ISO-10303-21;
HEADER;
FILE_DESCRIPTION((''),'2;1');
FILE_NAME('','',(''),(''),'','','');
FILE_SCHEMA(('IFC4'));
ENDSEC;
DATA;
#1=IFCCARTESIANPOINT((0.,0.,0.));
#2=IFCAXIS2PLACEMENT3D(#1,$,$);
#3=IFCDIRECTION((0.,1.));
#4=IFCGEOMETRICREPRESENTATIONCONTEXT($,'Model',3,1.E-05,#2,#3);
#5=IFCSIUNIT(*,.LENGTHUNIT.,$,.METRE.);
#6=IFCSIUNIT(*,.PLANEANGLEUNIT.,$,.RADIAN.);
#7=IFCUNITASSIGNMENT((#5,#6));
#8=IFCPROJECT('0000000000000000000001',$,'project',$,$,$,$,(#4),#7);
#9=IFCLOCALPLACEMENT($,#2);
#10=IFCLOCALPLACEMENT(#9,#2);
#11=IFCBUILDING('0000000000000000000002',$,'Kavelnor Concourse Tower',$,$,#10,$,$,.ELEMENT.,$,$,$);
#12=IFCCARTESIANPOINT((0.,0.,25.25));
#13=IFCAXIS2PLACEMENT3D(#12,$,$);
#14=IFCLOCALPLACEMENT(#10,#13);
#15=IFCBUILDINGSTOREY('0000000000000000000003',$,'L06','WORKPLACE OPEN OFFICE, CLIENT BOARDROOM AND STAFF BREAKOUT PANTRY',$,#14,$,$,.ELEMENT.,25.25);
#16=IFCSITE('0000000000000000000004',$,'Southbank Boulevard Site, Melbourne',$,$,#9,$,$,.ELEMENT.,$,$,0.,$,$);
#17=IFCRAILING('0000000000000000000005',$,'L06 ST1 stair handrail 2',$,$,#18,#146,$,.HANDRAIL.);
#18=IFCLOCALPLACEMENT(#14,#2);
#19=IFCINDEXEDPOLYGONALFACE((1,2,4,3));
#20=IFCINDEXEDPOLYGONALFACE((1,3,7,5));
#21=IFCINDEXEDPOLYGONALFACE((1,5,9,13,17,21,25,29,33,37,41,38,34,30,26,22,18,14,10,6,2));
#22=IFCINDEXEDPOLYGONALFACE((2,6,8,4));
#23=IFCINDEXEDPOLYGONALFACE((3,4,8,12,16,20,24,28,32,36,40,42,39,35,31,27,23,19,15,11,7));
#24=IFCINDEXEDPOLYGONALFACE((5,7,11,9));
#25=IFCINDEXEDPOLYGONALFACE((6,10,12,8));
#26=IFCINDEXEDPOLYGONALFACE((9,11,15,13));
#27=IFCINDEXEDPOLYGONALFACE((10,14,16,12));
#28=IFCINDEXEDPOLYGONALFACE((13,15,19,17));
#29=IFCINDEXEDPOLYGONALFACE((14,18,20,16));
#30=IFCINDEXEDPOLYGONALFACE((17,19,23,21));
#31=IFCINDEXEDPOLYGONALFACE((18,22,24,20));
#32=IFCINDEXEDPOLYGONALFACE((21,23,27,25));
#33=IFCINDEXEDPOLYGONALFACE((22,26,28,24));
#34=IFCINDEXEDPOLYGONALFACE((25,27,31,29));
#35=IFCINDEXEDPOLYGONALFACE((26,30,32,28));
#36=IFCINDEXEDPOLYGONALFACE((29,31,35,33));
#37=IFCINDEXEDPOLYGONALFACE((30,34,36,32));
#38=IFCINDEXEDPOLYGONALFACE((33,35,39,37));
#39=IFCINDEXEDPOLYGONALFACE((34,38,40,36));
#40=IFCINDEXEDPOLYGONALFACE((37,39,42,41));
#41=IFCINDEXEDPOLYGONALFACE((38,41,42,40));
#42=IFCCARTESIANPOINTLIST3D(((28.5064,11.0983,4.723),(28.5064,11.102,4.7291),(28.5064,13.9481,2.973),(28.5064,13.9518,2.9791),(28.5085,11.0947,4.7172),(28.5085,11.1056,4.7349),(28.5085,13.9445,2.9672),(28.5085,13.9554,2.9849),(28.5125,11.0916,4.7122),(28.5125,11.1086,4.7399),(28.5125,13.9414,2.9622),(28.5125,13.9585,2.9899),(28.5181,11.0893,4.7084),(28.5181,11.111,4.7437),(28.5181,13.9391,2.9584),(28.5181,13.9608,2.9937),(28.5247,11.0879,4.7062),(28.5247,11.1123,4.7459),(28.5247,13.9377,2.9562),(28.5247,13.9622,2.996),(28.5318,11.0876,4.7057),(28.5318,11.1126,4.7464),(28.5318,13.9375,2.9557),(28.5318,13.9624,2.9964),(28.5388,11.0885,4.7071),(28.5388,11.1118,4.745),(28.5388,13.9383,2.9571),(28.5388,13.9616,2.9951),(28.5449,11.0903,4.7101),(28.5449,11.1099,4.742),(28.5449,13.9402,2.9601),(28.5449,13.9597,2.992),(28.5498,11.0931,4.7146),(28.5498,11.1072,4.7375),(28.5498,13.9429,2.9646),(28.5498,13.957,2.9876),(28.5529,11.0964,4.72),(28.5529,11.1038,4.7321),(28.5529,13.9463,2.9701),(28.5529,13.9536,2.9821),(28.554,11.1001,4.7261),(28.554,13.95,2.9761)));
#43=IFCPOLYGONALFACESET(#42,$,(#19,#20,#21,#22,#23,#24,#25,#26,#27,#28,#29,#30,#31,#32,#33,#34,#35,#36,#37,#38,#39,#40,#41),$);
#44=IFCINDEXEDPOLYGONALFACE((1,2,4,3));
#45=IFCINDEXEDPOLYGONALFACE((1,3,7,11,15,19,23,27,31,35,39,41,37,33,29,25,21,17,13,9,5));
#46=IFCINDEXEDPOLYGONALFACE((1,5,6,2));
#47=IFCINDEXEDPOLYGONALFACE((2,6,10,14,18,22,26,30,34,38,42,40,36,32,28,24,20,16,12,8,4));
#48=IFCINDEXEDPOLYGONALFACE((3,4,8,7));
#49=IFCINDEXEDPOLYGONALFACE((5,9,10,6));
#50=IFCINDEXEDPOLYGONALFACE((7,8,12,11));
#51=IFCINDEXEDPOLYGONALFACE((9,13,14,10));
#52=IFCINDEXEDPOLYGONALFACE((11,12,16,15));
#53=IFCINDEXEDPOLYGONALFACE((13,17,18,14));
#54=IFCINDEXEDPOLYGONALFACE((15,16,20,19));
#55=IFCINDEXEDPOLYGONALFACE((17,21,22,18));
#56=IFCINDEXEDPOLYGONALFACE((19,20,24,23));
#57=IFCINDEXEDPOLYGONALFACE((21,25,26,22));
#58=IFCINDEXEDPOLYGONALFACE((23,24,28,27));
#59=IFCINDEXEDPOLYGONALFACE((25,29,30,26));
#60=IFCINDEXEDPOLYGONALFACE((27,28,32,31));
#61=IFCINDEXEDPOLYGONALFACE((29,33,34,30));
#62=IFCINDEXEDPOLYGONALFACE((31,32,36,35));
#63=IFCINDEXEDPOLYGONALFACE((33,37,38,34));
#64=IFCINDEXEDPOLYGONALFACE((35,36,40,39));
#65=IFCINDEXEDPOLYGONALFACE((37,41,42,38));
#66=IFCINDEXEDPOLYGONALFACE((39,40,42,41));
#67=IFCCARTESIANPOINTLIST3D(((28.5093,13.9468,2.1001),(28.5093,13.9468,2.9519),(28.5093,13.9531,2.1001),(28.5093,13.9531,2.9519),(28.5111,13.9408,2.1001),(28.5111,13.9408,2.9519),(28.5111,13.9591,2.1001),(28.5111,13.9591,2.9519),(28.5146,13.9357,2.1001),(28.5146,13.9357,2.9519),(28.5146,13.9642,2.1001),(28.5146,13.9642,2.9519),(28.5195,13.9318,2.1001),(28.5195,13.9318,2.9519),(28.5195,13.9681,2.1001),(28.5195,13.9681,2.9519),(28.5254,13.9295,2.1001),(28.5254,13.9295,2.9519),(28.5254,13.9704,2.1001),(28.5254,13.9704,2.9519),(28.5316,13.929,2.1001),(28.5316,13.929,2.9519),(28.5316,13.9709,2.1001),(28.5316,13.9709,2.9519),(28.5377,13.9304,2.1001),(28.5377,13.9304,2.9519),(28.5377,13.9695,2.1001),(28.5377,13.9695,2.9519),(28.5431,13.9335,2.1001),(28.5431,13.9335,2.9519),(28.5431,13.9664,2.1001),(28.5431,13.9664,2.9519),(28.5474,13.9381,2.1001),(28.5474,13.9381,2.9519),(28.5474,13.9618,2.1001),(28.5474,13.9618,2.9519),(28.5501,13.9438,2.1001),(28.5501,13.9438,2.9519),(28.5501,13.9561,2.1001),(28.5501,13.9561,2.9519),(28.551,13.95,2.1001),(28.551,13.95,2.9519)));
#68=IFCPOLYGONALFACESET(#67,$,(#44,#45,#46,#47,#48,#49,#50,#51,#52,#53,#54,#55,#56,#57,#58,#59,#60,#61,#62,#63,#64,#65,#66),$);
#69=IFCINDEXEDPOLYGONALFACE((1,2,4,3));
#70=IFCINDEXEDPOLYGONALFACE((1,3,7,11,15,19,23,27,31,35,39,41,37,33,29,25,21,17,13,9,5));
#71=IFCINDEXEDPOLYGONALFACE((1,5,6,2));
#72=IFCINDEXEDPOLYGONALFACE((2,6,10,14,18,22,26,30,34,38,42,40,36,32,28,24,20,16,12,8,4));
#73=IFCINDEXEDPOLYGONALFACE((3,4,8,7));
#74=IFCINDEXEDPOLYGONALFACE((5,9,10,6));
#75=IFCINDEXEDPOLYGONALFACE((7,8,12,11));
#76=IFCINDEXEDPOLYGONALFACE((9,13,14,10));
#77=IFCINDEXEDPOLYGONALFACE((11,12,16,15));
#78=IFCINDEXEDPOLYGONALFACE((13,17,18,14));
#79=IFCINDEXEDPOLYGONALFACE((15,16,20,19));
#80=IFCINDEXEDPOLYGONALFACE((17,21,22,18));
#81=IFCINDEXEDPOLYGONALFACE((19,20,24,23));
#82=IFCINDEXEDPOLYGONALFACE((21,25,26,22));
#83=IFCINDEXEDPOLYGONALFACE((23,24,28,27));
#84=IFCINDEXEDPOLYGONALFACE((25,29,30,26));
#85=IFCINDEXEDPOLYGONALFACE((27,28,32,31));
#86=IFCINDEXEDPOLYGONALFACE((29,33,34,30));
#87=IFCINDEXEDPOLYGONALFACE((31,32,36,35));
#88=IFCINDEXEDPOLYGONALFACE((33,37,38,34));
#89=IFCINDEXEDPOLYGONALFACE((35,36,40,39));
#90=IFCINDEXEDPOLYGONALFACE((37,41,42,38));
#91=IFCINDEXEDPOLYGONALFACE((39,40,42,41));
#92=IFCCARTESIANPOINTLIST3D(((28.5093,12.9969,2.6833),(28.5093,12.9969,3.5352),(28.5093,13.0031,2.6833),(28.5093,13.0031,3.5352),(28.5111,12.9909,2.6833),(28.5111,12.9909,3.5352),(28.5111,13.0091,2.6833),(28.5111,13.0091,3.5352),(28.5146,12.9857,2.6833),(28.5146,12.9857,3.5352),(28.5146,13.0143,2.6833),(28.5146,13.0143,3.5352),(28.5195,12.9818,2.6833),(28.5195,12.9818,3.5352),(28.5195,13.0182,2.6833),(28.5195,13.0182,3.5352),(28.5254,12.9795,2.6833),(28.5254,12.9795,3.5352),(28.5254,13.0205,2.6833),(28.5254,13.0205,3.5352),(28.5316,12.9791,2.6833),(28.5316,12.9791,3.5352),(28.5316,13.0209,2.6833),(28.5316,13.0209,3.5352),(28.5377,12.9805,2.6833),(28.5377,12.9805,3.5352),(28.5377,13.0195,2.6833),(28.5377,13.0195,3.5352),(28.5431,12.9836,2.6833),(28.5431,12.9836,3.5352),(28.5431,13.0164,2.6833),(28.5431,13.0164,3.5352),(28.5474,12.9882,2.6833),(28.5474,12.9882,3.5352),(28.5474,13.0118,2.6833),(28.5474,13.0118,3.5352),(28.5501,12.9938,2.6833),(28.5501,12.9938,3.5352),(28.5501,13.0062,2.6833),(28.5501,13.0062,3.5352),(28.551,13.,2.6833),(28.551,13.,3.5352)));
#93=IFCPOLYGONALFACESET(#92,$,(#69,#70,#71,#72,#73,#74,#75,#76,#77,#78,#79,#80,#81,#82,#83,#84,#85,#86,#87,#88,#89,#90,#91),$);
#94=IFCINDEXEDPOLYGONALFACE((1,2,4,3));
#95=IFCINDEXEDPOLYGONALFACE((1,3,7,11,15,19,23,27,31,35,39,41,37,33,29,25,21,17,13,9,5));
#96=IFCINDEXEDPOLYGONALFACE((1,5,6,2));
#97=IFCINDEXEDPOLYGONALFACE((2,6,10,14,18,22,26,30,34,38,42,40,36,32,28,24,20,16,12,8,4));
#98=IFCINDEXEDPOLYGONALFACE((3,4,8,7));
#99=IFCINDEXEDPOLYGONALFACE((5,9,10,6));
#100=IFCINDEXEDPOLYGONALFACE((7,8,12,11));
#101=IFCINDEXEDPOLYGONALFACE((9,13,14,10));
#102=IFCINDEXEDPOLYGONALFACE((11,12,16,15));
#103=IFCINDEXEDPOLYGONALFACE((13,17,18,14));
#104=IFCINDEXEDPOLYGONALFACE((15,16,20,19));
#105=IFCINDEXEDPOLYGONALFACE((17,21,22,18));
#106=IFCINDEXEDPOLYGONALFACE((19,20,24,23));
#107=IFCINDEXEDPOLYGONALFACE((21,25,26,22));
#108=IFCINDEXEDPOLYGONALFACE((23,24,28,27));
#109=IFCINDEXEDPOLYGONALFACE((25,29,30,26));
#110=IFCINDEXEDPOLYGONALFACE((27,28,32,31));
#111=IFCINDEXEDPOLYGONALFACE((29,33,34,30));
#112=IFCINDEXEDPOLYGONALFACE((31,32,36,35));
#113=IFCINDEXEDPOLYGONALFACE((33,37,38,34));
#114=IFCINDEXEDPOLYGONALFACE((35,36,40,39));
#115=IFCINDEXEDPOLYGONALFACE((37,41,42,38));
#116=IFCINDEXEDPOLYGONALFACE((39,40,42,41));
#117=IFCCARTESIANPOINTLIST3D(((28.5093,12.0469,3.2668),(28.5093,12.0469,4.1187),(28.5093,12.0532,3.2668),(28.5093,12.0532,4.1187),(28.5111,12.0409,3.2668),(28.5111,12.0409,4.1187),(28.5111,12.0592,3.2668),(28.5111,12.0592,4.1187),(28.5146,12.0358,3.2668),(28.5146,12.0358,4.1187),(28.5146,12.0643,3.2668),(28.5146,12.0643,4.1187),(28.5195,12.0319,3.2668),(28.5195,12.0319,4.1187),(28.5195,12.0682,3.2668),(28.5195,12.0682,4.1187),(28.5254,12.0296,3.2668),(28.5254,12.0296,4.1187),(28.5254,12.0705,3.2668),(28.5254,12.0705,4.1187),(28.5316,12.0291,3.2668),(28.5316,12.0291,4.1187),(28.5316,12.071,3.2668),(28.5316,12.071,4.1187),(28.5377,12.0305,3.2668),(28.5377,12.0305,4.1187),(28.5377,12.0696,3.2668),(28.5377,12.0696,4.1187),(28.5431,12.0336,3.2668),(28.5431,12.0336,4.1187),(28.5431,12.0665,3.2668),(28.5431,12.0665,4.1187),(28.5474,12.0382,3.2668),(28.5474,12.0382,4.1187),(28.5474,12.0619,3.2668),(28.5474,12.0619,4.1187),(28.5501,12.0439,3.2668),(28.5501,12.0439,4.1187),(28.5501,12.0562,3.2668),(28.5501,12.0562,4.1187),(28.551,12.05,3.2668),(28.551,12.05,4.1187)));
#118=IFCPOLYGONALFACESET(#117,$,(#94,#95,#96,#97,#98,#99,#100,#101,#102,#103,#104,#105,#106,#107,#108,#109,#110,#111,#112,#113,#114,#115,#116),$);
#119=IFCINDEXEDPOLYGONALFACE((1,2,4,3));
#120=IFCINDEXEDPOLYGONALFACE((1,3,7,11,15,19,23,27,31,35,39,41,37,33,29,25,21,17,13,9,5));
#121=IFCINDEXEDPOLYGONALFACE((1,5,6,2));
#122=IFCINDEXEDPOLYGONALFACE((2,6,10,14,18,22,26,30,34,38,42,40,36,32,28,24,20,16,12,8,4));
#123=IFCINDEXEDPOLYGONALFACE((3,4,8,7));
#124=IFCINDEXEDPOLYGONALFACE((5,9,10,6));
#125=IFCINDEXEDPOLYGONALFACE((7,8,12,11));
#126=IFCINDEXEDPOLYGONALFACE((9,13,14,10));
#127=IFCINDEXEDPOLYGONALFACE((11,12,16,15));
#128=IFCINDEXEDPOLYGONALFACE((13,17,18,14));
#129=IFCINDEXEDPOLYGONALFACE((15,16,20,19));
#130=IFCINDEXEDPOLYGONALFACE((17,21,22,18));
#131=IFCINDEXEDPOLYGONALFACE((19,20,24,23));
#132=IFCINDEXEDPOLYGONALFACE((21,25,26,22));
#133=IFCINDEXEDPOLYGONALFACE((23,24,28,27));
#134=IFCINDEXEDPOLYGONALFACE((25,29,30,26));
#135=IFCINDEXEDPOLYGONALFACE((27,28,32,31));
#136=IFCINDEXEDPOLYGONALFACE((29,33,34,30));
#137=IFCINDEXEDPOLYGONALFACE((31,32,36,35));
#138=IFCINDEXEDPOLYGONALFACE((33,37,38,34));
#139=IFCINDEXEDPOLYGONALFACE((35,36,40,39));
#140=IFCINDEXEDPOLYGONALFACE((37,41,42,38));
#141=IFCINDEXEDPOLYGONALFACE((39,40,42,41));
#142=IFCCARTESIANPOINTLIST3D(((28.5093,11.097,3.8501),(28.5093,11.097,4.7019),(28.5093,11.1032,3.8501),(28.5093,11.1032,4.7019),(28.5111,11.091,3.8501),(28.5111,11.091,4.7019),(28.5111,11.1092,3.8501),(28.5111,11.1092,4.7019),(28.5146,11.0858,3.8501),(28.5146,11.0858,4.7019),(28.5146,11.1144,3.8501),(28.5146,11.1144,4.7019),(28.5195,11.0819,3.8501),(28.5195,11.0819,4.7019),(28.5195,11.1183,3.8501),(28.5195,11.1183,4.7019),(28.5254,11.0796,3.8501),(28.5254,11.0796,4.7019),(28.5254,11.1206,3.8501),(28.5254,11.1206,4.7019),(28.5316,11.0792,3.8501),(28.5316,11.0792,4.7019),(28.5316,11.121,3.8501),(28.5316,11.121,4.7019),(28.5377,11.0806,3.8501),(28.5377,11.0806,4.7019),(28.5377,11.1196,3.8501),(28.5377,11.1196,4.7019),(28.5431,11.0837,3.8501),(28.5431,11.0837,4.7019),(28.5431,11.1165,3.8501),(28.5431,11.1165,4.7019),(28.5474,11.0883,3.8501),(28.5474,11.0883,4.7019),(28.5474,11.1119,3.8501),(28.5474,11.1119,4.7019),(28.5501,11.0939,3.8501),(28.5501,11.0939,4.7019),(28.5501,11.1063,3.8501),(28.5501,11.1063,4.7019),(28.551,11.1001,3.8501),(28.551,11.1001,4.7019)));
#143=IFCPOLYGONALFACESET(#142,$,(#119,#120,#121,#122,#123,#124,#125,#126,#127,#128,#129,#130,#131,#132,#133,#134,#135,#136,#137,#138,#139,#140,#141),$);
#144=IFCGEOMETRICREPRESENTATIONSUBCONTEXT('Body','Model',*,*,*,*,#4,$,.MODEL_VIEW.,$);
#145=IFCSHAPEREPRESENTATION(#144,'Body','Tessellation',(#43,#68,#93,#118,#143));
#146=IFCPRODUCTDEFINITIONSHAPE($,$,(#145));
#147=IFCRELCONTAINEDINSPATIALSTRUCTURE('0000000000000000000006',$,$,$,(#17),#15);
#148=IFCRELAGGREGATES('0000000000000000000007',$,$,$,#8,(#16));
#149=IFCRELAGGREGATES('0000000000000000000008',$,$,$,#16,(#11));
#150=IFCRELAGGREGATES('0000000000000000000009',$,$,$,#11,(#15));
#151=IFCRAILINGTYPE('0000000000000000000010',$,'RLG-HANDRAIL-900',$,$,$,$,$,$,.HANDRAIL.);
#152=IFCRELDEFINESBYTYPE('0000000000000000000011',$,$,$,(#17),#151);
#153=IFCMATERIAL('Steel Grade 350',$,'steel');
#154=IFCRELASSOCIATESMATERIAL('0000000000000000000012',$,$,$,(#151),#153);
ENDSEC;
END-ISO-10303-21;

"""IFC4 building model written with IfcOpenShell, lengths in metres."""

from ifc_helpers import new_model, si_unit, direction, frame, origin, origin_2d, place, context, subcontext, project, spatial, circle, extrude, material, type_object, element, save


model = new_model("IFC4")

# Units and contexts
model_context = context("Model", 3, precision=1e-05, world=origin(), true_north=direction((0.0, 1.0)))
body_context = subcontext(model_context, "Body", "Model", "MODEL_VIEW")
ifc_project = project(units=[si_unit("LENGTHUNIT", "METRE"), si_unit("PLANEANGLEUNIT", "RADIAN")], contexts=[model_context])

# Site, building, storey
site_placement = place(None, origin())
site = spatial("IfcSite", under=ifc_project, at=site_placement, Name="Southbank Boulevard Site, Melbourne", CompositionType="ELEMENT", RefElevation=0.0)
building_placement = place(site_placement, origin())
building = spatial("IfcBuilding", under=site, at=building_placement, Name="Kavelnor Concourse Tower", CompositionType="ELEMENT")
storey_placement = place(building_placement, frame((0.0, 0.0, 25.25)))
storey = spatial("IfcBuildingStorey", under=building, at=storey_placement, Name="L06", Description="WORKPLACE OPEN OFFICE, CLIENT BOARDROOM AND STAFF BREAKOUT PANTRY", CompositionType="ELEMENT", Elevation=25.25)

# Shared definitions
ifc_material_1 = material(Name="Steel Grade 350", Category="steel")

# Railing
railing_type_1 = type_object("IfcRailingType", Name="RLG-HANDRAIL-900", PredefinedType="HANDRAIL", material=ifc_material_1)
railing_1_placement = place(storey_placement, frame((28.53, 13.95, 2.1001)))
element("IfcRailing", 1, at=railing_1_placement, inside=storey, type_object=railing_type_1, Name="L06 ST1 stair handrail 2", PredefinedType="HANDRAIL", context=body_context, shape_type="SweptSolid", body=[
    extrude(circle(Radius=0.0239, at=origin_2d()), frame((0.0, 0.0, 0.876), z_axis=(0.0, -0.852159, 0.523283), x_axis=(1.0, 0.0, 0.0)), (0.0, 0.0, 1.0), 3.3442),
    extrude(circle(Radius=0.021, at=origin_2d()), origin(), (0.0, 0.0, 1.0), 0.8518),
    extrude(circle(Radius=0.021, at=origin_2d()), frame((0.0, -0.95, 0.5833)), (0.0, 0.0, 1.0), 0.8518),
    extrude(circle(Radius=0.021, at=origin_2d()), frame((0.0, -1.8999, 1.1667)), (0.0, 0.0, 1.0), 0.8518),
    extrude(circle(Radius=0.021, at=origin_2d()), frame((0.0, -2.8499, 1.75)), (0.0, 0.0, 1.0), 0.8518),
])

save(model, "model.ifc")
